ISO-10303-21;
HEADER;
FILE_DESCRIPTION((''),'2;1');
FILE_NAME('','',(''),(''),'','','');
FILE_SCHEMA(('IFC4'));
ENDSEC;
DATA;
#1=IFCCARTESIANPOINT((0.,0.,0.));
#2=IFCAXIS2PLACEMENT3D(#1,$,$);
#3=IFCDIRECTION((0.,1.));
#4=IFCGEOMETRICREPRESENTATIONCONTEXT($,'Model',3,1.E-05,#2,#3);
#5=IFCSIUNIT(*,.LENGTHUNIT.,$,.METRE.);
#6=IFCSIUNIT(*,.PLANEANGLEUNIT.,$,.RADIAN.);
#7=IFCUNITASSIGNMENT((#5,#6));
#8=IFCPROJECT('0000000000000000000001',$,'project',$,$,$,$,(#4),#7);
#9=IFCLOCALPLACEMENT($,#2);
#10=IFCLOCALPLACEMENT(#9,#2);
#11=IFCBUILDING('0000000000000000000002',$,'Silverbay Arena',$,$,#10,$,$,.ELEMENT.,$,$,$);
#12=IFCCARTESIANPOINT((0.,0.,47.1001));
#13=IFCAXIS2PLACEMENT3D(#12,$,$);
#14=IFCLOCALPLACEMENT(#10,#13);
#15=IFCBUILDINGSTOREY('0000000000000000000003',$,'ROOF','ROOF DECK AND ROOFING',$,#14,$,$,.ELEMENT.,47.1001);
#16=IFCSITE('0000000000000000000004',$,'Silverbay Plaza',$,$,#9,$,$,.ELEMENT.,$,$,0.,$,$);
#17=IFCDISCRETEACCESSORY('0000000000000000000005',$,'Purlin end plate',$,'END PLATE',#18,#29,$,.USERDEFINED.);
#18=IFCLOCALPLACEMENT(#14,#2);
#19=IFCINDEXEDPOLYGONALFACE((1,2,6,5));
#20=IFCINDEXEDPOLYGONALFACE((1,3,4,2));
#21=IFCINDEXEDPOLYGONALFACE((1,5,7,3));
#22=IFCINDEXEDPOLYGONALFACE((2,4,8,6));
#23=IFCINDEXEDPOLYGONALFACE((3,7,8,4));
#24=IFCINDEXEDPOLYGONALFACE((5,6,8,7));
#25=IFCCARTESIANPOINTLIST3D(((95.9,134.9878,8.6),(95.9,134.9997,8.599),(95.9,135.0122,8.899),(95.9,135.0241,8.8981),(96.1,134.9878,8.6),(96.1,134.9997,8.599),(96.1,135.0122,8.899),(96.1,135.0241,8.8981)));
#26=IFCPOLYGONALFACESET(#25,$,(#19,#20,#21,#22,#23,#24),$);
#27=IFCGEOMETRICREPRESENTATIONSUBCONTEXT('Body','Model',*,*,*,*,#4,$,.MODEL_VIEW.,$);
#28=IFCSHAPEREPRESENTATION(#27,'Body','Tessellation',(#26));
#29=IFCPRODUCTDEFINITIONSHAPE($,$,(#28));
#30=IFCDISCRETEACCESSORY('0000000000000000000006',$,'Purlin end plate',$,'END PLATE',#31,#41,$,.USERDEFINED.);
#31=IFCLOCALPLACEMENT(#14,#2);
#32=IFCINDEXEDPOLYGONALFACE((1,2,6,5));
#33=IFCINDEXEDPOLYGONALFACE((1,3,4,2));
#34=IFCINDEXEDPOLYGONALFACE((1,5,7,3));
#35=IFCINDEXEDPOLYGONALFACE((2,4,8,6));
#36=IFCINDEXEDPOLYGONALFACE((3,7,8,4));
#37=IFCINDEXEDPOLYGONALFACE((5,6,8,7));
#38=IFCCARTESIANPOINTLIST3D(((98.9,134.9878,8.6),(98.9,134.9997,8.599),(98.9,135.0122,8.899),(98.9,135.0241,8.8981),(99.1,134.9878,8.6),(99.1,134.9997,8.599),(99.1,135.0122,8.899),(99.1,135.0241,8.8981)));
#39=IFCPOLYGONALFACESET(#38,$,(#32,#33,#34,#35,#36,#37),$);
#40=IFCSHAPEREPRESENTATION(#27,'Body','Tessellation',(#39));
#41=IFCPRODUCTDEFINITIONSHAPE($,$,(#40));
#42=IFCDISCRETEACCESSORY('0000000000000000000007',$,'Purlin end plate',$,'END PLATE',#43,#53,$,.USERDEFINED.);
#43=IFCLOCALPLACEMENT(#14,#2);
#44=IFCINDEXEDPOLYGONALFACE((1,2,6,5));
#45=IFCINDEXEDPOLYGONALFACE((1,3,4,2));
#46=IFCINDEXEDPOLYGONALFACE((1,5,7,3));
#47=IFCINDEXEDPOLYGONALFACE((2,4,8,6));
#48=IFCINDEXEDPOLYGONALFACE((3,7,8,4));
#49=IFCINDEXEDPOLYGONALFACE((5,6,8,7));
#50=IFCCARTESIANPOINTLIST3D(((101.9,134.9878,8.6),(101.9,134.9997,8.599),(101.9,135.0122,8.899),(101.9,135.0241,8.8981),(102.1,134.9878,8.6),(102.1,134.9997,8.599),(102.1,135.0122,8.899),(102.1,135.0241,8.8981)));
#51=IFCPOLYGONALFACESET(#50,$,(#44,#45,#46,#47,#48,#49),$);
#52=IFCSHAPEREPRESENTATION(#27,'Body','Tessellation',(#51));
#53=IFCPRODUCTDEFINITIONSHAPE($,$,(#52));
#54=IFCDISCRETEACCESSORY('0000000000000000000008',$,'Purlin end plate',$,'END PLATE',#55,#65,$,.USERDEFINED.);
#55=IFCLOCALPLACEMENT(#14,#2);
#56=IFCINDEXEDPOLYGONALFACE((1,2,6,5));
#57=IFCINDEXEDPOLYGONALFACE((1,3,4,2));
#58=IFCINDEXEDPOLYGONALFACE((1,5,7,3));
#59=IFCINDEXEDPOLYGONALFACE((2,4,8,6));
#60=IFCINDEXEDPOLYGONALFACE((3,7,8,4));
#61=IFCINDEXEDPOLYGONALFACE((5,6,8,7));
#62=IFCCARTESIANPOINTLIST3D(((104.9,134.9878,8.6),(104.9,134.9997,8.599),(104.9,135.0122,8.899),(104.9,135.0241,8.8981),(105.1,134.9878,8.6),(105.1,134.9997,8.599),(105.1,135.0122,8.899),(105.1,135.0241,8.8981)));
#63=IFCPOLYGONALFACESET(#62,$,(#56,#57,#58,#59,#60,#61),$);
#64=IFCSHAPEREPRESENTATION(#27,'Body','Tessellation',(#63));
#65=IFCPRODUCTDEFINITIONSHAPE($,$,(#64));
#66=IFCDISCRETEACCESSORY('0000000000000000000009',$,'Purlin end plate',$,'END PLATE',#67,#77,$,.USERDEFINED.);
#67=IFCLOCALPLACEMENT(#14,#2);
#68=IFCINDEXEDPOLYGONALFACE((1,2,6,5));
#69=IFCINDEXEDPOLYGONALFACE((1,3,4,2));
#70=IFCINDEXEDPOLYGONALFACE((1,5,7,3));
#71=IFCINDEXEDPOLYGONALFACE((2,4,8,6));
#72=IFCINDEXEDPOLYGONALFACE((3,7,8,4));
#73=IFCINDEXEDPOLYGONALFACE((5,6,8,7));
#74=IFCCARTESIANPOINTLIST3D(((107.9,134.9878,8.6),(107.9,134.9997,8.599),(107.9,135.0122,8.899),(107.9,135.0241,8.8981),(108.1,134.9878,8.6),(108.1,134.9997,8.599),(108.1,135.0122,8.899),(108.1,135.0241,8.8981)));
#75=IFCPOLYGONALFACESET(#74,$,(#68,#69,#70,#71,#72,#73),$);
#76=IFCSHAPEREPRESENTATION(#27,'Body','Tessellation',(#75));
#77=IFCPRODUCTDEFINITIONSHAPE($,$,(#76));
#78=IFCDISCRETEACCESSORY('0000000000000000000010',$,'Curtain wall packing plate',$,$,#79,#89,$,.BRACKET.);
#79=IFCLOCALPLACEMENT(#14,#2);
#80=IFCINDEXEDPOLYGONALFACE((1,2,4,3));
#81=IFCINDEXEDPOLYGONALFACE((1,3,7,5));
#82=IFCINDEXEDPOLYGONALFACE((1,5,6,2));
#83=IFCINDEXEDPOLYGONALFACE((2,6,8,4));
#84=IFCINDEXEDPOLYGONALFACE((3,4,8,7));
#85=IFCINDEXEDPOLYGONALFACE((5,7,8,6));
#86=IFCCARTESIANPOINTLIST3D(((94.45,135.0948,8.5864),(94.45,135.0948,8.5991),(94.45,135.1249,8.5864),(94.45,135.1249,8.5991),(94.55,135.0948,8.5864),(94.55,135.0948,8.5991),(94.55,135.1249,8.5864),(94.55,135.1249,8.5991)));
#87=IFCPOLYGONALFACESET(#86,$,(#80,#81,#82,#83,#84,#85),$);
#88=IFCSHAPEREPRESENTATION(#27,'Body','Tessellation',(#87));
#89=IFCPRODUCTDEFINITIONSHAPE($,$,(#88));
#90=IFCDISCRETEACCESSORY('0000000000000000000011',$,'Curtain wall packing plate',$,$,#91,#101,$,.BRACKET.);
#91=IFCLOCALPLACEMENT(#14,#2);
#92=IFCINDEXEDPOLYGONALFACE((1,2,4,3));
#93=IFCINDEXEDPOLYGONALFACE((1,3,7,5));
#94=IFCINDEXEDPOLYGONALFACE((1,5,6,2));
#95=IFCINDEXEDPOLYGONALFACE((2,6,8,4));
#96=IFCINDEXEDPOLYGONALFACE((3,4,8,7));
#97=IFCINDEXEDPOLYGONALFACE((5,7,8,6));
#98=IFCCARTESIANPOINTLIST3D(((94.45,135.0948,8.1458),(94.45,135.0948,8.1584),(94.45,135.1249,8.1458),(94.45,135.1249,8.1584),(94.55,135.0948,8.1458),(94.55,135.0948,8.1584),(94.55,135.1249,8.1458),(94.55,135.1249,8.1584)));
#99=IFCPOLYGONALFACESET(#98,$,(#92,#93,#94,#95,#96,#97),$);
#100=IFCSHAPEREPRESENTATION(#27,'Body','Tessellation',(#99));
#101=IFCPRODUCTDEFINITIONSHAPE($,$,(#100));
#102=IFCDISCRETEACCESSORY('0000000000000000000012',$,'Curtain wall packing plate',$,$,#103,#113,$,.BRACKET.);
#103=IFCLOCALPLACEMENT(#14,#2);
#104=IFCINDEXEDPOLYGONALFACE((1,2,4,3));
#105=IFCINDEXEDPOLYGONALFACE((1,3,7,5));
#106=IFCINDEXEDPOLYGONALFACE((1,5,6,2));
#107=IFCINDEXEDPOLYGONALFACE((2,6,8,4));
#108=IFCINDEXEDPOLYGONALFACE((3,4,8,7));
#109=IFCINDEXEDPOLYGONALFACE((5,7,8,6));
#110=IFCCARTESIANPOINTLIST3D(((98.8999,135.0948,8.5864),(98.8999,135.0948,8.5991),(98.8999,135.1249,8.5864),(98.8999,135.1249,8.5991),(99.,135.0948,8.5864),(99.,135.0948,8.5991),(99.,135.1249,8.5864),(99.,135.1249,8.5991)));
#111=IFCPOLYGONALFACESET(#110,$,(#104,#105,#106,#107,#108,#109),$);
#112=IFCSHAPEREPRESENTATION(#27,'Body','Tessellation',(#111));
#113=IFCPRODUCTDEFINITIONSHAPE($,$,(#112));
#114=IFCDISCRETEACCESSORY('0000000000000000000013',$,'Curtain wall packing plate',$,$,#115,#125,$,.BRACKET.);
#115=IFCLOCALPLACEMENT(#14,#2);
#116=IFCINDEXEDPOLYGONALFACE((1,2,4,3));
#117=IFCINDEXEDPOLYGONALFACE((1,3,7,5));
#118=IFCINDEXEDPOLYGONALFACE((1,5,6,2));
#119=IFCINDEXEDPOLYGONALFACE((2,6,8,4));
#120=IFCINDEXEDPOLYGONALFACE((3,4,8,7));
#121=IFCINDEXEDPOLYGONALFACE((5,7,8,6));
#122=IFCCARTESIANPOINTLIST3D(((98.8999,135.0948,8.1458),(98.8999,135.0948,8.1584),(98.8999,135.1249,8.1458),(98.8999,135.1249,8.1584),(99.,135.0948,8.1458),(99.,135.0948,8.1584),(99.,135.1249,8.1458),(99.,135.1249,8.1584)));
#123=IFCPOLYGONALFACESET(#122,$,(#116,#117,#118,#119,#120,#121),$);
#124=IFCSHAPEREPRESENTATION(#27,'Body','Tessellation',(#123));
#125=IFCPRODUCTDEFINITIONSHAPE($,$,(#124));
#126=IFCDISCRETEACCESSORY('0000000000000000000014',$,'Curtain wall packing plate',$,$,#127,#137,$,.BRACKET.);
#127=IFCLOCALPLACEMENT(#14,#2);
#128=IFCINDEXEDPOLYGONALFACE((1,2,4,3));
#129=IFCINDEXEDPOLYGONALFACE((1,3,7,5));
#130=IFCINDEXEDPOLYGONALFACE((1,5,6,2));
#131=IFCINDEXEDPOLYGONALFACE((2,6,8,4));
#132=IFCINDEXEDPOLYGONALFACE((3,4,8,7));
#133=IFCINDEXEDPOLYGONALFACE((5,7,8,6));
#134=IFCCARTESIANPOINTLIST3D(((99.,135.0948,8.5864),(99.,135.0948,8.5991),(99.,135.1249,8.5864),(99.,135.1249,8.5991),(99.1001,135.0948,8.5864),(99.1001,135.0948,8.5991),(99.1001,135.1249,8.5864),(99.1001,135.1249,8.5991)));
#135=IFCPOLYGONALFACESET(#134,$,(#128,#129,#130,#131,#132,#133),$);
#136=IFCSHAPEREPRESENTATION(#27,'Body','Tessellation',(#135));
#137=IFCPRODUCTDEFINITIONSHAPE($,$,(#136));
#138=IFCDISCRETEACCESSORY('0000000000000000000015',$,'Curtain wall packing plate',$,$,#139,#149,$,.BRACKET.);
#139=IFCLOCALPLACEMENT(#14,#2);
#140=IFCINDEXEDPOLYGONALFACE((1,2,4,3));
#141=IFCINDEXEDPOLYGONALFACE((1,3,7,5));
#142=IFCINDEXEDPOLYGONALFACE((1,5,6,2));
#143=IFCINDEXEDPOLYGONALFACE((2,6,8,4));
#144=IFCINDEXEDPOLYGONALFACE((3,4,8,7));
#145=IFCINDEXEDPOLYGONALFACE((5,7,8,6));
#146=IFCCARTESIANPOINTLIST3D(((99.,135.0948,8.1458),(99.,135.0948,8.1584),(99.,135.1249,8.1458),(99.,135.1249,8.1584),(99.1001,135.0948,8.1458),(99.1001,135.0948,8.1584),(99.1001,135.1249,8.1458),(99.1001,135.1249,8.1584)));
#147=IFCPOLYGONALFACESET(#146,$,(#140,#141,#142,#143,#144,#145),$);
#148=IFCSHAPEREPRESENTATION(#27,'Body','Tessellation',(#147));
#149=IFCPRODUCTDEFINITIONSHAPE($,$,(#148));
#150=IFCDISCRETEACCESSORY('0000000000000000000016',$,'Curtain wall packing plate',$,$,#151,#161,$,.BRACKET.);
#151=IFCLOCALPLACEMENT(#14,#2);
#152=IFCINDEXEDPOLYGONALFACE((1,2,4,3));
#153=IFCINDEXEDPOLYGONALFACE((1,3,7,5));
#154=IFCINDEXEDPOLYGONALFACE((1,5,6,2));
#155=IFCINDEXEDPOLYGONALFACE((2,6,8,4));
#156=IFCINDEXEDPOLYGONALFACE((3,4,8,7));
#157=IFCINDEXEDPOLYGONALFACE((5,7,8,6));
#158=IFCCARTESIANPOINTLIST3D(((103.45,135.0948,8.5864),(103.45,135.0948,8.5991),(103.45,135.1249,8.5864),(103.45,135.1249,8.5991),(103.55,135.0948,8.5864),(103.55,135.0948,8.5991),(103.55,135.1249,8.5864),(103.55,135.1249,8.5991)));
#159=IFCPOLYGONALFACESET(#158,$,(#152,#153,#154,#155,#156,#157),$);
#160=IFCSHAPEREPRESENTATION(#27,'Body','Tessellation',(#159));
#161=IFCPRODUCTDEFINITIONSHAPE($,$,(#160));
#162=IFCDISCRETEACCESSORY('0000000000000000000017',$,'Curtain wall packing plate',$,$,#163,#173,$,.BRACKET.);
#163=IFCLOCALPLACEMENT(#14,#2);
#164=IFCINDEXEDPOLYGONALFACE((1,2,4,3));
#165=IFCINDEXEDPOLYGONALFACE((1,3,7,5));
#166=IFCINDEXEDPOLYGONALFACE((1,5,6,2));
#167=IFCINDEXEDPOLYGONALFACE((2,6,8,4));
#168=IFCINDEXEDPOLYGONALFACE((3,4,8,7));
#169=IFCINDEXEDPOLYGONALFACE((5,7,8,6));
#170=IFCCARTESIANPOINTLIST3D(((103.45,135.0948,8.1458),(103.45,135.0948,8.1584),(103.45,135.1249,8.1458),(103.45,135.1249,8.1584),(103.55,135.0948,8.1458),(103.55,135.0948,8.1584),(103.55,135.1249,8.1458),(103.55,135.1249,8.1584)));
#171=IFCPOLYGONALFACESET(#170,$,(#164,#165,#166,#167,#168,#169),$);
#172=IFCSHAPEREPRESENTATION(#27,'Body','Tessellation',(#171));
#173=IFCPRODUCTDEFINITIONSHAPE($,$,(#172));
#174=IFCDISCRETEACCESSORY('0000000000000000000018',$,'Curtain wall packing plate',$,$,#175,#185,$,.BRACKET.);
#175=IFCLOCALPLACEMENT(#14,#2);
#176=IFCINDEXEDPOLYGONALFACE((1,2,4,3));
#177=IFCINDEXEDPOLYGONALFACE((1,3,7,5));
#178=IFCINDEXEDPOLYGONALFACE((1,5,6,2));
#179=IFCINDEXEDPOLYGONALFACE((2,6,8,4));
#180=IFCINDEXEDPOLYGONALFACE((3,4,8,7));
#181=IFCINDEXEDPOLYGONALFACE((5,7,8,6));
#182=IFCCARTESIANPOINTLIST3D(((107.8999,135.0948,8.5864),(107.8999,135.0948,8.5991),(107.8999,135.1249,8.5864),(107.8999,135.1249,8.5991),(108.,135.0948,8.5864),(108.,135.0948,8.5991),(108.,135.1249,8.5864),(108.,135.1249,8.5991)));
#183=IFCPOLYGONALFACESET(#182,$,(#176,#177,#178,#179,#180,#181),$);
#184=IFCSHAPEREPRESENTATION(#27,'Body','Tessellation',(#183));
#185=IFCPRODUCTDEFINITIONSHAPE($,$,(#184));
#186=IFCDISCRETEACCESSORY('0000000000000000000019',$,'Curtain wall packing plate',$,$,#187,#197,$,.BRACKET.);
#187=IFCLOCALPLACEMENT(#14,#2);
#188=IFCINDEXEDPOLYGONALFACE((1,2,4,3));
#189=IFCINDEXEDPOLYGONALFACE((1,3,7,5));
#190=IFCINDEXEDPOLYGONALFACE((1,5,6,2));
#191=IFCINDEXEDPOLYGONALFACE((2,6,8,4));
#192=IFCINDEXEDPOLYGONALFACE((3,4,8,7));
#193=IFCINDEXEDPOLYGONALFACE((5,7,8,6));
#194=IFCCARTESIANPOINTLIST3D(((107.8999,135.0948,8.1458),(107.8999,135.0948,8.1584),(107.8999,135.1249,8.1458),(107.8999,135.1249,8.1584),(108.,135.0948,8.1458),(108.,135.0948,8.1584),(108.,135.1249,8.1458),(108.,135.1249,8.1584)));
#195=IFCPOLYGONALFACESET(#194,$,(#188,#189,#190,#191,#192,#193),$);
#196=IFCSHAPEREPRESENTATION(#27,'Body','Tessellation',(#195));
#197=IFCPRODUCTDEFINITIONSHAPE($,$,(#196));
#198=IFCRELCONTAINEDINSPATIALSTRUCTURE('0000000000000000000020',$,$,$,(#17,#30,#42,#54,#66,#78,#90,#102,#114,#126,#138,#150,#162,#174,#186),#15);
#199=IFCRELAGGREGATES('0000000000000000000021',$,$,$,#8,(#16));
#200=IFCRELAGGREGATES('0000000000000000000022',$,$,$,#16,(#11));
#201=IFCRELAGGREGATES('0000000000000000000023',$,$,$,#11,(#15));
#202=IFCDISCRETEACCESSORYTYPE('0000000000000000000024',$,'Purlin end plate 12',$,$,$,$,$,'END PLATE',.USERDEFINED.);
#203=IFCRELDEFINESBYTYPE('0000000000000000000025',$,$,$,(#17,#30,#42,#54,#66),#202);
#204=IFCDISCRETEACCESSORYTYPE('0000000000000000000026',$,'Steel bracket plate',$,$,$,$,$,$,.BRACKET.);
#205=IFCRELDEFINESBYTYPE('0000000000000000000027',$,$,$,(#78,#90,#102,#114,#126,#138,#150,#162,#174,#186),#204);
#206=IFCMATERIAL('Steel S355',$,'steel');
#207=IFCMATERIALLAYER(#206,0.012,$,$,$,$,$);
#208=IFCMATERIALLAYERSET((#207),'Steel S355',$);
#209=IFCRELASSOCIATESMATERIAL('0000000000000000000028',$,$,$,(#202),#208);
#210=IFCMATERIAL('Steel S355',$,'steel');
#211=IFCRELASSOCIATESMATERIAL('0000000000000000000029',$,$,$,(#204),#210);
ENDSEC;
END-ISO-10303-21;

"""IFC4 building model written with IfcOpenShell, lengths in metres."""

from ifc_helpers import new_model, si_unit, direction, frame, origin, origin_2d, place, context, subcontext, project, spatial, rectangle, extrude, material, layer, layer_set, type_object, element, save


model = new_model("IFC4")

# Units and contexts
model_context = context("Model", 3, precision=1e-05, world=origin(), true_north=direction((0.0, 1.0)))
body_context = subcontext(model_context, "Body", "Model", "MODEL_VIEW")
ifc_project = project(units=[si_unit("LENGTHUNIT", "METRE"), si_unit("PLANEANGLEUNIT", "RADIAN")], contexts=[model_context])

# Site, building, storey
site_placement = place(None, origin())
site = spatial("IfcSite", under=ifc_project, at=site_placement, Name="Silverbay Plaza", CompositionType="ELEMENT", RefElevation=0.0)
building_placement = place(site_placement, origin())
building = spatial("IfcBuilding", under=site, at=building_placement, Name="Silverbay Arena", CompositionType="ELEMENT")
storey_placement = place(building_placement, frame((0.0, 0.0, 47.1001)))
storey = spatial("IfcBuildingStorey", under=building, at=storey_placement, Name="ROOF", Description="ROOF DECK AND ROOFING", CompositionType="ELEMENT", Elevation=47.1001)

# Discrete accessories
ifc_material_1 = material(Name="Steel S355", Category="steel")
ifc_layer = layer(ifc_material_1, 0.012)
ifc_layer_set = layer_set([ifc_layer], Name="Steel S355")
discrete_accessory_type_1 = type_object("IfcDiscreteAccessoryType", Name="Purlin end plate 12", ElementType="END PLATE", PredefinedType="USERDEFINED", material=ifc_layer_set)
for number, where, z_axis, x_axis, name in (
    (1, (96.0, 135.0, 8.7495), (0.0, 0.996685, -0.081362), (-1.0, 0.0, 0.0), "Purlin end plate"),
    (2, (99.0, 135.0, 8.7495), (0.0, 0.996685, -0.081362), (-1.0, 0.0, 0.0), "Purlin end plate"),
    (3, (102.0, 135.0, 8.7495), (0.0, 0.996685, -0.081362), (-1.0, 0.0, 0.0), "Purlin end plate"),
    (4, (105.0, 135.0, 8.7495), (0.0, 0.996685, -0.081362), (-1.0, 0.0, 0.0), "Purlin end plate"),
    (5, (108.0, 135.0, 8.7495), (0.0, 0.996685, -0.081362), (-1.0, 0.0, 0.0), "Purlin end plate"),
):
    element("IfcDiscreteAccessory", number, at=place(storey_placement, frame(where, z_axis=z_axis, x_axis=x_axis)), inside=storey, type_object=discrete_accessory_type_1, Name=name, ObjectType="END PLATE", PredefinedType="USERDEFINED", context=body_context, shape_type="SweptSolid", body=[
        extrude(rectangle(XDim=0.2, YDim=0.3, at=origin_2d()), origin(), (0.0, 0.0, 1.0), 0.012),
    ])
ifc_material_2 = material(Name="Steel S355", Category="steel")
discrete_accessory_type_2 = type_object("IfcDiscreteAccessoryType", Name="Steel bracket plate", PredefinedType="BRACKET", material=ifc_material_2)
for number, where, z_axis, x_axis, name in (
    (6, (94.5, 135.1099, 8.5864), (0.0, 0.0, 1.0), (1.0, 0.0, 0.0), "Curtain wall packing plate"),
    (7, (94.5, 135.1099, 8.1458), (0.0, 0.0, 1.0), (1.0, 0.0, 0.0), "Curtain wall packing plate"),
    (8, (98.95, 135.1099, 8.5864), (0.0, 0.0, 1.0), (1.0, 0.0, 0.0), "Curtain wall packing plate"),
    (9, (98.95, 135.1099, 8.1458), (0.0, 0.0, 1.0), (1.0, 0.0, 0.0), "Curtain wall packing plate"),
    (10, (99.05, 135.1099, 8.5864), (0.0, 0.0, 1.0), (1.0, 0.0, 0.0), "Curtain wall packing plate"),
    (11, (99.05, 135.1099, 8.1458), (0.0, 0.0, 1.0), (1.0, 0.0, 0.0), "Curtain wall packing plate"),
    (12, (103.5, 135.1099, 8.5864), (0.0, 0.0, 1.0), (1.0, 0.0, 0.0), "Curtain wall packing plate"),
    (13, (103.5, 135.1099, 8.1458), (0.0, 0.0, 1.0), (1.0, 0.0, 0.0), "Curtain wall packing plate"),
    (14, (107.95, 135.1099, 8.5864), (0.0, 0.0, 1.0), (1.0, 0.0, 0.0), "Curtain wall packing plate"),
    (15, (107.95, 135.1099, 8.1458), (0.0, 0.0, 1.0), (1.0, 0.0, 0.0), "Curtain wall packing plate"),
):
    element("IfcDiscreteAccessory", number, at=place(storey_placement, frame(where, z_axis=z_axis, x_axis=x_axis)), inside=storey, type_object=discrete_accessory_type_2, Name=name, PredefinedType="BRACKET", context=body_context, shape_type="SweptSolid", body=[
        extrude(rectangle(XDim=0.1001, YDim=0.03, at=origin_2d()), origin(), (0.0, 0.0, 1.0), 0.0127),
    ])

save(model, "model.ifc")
